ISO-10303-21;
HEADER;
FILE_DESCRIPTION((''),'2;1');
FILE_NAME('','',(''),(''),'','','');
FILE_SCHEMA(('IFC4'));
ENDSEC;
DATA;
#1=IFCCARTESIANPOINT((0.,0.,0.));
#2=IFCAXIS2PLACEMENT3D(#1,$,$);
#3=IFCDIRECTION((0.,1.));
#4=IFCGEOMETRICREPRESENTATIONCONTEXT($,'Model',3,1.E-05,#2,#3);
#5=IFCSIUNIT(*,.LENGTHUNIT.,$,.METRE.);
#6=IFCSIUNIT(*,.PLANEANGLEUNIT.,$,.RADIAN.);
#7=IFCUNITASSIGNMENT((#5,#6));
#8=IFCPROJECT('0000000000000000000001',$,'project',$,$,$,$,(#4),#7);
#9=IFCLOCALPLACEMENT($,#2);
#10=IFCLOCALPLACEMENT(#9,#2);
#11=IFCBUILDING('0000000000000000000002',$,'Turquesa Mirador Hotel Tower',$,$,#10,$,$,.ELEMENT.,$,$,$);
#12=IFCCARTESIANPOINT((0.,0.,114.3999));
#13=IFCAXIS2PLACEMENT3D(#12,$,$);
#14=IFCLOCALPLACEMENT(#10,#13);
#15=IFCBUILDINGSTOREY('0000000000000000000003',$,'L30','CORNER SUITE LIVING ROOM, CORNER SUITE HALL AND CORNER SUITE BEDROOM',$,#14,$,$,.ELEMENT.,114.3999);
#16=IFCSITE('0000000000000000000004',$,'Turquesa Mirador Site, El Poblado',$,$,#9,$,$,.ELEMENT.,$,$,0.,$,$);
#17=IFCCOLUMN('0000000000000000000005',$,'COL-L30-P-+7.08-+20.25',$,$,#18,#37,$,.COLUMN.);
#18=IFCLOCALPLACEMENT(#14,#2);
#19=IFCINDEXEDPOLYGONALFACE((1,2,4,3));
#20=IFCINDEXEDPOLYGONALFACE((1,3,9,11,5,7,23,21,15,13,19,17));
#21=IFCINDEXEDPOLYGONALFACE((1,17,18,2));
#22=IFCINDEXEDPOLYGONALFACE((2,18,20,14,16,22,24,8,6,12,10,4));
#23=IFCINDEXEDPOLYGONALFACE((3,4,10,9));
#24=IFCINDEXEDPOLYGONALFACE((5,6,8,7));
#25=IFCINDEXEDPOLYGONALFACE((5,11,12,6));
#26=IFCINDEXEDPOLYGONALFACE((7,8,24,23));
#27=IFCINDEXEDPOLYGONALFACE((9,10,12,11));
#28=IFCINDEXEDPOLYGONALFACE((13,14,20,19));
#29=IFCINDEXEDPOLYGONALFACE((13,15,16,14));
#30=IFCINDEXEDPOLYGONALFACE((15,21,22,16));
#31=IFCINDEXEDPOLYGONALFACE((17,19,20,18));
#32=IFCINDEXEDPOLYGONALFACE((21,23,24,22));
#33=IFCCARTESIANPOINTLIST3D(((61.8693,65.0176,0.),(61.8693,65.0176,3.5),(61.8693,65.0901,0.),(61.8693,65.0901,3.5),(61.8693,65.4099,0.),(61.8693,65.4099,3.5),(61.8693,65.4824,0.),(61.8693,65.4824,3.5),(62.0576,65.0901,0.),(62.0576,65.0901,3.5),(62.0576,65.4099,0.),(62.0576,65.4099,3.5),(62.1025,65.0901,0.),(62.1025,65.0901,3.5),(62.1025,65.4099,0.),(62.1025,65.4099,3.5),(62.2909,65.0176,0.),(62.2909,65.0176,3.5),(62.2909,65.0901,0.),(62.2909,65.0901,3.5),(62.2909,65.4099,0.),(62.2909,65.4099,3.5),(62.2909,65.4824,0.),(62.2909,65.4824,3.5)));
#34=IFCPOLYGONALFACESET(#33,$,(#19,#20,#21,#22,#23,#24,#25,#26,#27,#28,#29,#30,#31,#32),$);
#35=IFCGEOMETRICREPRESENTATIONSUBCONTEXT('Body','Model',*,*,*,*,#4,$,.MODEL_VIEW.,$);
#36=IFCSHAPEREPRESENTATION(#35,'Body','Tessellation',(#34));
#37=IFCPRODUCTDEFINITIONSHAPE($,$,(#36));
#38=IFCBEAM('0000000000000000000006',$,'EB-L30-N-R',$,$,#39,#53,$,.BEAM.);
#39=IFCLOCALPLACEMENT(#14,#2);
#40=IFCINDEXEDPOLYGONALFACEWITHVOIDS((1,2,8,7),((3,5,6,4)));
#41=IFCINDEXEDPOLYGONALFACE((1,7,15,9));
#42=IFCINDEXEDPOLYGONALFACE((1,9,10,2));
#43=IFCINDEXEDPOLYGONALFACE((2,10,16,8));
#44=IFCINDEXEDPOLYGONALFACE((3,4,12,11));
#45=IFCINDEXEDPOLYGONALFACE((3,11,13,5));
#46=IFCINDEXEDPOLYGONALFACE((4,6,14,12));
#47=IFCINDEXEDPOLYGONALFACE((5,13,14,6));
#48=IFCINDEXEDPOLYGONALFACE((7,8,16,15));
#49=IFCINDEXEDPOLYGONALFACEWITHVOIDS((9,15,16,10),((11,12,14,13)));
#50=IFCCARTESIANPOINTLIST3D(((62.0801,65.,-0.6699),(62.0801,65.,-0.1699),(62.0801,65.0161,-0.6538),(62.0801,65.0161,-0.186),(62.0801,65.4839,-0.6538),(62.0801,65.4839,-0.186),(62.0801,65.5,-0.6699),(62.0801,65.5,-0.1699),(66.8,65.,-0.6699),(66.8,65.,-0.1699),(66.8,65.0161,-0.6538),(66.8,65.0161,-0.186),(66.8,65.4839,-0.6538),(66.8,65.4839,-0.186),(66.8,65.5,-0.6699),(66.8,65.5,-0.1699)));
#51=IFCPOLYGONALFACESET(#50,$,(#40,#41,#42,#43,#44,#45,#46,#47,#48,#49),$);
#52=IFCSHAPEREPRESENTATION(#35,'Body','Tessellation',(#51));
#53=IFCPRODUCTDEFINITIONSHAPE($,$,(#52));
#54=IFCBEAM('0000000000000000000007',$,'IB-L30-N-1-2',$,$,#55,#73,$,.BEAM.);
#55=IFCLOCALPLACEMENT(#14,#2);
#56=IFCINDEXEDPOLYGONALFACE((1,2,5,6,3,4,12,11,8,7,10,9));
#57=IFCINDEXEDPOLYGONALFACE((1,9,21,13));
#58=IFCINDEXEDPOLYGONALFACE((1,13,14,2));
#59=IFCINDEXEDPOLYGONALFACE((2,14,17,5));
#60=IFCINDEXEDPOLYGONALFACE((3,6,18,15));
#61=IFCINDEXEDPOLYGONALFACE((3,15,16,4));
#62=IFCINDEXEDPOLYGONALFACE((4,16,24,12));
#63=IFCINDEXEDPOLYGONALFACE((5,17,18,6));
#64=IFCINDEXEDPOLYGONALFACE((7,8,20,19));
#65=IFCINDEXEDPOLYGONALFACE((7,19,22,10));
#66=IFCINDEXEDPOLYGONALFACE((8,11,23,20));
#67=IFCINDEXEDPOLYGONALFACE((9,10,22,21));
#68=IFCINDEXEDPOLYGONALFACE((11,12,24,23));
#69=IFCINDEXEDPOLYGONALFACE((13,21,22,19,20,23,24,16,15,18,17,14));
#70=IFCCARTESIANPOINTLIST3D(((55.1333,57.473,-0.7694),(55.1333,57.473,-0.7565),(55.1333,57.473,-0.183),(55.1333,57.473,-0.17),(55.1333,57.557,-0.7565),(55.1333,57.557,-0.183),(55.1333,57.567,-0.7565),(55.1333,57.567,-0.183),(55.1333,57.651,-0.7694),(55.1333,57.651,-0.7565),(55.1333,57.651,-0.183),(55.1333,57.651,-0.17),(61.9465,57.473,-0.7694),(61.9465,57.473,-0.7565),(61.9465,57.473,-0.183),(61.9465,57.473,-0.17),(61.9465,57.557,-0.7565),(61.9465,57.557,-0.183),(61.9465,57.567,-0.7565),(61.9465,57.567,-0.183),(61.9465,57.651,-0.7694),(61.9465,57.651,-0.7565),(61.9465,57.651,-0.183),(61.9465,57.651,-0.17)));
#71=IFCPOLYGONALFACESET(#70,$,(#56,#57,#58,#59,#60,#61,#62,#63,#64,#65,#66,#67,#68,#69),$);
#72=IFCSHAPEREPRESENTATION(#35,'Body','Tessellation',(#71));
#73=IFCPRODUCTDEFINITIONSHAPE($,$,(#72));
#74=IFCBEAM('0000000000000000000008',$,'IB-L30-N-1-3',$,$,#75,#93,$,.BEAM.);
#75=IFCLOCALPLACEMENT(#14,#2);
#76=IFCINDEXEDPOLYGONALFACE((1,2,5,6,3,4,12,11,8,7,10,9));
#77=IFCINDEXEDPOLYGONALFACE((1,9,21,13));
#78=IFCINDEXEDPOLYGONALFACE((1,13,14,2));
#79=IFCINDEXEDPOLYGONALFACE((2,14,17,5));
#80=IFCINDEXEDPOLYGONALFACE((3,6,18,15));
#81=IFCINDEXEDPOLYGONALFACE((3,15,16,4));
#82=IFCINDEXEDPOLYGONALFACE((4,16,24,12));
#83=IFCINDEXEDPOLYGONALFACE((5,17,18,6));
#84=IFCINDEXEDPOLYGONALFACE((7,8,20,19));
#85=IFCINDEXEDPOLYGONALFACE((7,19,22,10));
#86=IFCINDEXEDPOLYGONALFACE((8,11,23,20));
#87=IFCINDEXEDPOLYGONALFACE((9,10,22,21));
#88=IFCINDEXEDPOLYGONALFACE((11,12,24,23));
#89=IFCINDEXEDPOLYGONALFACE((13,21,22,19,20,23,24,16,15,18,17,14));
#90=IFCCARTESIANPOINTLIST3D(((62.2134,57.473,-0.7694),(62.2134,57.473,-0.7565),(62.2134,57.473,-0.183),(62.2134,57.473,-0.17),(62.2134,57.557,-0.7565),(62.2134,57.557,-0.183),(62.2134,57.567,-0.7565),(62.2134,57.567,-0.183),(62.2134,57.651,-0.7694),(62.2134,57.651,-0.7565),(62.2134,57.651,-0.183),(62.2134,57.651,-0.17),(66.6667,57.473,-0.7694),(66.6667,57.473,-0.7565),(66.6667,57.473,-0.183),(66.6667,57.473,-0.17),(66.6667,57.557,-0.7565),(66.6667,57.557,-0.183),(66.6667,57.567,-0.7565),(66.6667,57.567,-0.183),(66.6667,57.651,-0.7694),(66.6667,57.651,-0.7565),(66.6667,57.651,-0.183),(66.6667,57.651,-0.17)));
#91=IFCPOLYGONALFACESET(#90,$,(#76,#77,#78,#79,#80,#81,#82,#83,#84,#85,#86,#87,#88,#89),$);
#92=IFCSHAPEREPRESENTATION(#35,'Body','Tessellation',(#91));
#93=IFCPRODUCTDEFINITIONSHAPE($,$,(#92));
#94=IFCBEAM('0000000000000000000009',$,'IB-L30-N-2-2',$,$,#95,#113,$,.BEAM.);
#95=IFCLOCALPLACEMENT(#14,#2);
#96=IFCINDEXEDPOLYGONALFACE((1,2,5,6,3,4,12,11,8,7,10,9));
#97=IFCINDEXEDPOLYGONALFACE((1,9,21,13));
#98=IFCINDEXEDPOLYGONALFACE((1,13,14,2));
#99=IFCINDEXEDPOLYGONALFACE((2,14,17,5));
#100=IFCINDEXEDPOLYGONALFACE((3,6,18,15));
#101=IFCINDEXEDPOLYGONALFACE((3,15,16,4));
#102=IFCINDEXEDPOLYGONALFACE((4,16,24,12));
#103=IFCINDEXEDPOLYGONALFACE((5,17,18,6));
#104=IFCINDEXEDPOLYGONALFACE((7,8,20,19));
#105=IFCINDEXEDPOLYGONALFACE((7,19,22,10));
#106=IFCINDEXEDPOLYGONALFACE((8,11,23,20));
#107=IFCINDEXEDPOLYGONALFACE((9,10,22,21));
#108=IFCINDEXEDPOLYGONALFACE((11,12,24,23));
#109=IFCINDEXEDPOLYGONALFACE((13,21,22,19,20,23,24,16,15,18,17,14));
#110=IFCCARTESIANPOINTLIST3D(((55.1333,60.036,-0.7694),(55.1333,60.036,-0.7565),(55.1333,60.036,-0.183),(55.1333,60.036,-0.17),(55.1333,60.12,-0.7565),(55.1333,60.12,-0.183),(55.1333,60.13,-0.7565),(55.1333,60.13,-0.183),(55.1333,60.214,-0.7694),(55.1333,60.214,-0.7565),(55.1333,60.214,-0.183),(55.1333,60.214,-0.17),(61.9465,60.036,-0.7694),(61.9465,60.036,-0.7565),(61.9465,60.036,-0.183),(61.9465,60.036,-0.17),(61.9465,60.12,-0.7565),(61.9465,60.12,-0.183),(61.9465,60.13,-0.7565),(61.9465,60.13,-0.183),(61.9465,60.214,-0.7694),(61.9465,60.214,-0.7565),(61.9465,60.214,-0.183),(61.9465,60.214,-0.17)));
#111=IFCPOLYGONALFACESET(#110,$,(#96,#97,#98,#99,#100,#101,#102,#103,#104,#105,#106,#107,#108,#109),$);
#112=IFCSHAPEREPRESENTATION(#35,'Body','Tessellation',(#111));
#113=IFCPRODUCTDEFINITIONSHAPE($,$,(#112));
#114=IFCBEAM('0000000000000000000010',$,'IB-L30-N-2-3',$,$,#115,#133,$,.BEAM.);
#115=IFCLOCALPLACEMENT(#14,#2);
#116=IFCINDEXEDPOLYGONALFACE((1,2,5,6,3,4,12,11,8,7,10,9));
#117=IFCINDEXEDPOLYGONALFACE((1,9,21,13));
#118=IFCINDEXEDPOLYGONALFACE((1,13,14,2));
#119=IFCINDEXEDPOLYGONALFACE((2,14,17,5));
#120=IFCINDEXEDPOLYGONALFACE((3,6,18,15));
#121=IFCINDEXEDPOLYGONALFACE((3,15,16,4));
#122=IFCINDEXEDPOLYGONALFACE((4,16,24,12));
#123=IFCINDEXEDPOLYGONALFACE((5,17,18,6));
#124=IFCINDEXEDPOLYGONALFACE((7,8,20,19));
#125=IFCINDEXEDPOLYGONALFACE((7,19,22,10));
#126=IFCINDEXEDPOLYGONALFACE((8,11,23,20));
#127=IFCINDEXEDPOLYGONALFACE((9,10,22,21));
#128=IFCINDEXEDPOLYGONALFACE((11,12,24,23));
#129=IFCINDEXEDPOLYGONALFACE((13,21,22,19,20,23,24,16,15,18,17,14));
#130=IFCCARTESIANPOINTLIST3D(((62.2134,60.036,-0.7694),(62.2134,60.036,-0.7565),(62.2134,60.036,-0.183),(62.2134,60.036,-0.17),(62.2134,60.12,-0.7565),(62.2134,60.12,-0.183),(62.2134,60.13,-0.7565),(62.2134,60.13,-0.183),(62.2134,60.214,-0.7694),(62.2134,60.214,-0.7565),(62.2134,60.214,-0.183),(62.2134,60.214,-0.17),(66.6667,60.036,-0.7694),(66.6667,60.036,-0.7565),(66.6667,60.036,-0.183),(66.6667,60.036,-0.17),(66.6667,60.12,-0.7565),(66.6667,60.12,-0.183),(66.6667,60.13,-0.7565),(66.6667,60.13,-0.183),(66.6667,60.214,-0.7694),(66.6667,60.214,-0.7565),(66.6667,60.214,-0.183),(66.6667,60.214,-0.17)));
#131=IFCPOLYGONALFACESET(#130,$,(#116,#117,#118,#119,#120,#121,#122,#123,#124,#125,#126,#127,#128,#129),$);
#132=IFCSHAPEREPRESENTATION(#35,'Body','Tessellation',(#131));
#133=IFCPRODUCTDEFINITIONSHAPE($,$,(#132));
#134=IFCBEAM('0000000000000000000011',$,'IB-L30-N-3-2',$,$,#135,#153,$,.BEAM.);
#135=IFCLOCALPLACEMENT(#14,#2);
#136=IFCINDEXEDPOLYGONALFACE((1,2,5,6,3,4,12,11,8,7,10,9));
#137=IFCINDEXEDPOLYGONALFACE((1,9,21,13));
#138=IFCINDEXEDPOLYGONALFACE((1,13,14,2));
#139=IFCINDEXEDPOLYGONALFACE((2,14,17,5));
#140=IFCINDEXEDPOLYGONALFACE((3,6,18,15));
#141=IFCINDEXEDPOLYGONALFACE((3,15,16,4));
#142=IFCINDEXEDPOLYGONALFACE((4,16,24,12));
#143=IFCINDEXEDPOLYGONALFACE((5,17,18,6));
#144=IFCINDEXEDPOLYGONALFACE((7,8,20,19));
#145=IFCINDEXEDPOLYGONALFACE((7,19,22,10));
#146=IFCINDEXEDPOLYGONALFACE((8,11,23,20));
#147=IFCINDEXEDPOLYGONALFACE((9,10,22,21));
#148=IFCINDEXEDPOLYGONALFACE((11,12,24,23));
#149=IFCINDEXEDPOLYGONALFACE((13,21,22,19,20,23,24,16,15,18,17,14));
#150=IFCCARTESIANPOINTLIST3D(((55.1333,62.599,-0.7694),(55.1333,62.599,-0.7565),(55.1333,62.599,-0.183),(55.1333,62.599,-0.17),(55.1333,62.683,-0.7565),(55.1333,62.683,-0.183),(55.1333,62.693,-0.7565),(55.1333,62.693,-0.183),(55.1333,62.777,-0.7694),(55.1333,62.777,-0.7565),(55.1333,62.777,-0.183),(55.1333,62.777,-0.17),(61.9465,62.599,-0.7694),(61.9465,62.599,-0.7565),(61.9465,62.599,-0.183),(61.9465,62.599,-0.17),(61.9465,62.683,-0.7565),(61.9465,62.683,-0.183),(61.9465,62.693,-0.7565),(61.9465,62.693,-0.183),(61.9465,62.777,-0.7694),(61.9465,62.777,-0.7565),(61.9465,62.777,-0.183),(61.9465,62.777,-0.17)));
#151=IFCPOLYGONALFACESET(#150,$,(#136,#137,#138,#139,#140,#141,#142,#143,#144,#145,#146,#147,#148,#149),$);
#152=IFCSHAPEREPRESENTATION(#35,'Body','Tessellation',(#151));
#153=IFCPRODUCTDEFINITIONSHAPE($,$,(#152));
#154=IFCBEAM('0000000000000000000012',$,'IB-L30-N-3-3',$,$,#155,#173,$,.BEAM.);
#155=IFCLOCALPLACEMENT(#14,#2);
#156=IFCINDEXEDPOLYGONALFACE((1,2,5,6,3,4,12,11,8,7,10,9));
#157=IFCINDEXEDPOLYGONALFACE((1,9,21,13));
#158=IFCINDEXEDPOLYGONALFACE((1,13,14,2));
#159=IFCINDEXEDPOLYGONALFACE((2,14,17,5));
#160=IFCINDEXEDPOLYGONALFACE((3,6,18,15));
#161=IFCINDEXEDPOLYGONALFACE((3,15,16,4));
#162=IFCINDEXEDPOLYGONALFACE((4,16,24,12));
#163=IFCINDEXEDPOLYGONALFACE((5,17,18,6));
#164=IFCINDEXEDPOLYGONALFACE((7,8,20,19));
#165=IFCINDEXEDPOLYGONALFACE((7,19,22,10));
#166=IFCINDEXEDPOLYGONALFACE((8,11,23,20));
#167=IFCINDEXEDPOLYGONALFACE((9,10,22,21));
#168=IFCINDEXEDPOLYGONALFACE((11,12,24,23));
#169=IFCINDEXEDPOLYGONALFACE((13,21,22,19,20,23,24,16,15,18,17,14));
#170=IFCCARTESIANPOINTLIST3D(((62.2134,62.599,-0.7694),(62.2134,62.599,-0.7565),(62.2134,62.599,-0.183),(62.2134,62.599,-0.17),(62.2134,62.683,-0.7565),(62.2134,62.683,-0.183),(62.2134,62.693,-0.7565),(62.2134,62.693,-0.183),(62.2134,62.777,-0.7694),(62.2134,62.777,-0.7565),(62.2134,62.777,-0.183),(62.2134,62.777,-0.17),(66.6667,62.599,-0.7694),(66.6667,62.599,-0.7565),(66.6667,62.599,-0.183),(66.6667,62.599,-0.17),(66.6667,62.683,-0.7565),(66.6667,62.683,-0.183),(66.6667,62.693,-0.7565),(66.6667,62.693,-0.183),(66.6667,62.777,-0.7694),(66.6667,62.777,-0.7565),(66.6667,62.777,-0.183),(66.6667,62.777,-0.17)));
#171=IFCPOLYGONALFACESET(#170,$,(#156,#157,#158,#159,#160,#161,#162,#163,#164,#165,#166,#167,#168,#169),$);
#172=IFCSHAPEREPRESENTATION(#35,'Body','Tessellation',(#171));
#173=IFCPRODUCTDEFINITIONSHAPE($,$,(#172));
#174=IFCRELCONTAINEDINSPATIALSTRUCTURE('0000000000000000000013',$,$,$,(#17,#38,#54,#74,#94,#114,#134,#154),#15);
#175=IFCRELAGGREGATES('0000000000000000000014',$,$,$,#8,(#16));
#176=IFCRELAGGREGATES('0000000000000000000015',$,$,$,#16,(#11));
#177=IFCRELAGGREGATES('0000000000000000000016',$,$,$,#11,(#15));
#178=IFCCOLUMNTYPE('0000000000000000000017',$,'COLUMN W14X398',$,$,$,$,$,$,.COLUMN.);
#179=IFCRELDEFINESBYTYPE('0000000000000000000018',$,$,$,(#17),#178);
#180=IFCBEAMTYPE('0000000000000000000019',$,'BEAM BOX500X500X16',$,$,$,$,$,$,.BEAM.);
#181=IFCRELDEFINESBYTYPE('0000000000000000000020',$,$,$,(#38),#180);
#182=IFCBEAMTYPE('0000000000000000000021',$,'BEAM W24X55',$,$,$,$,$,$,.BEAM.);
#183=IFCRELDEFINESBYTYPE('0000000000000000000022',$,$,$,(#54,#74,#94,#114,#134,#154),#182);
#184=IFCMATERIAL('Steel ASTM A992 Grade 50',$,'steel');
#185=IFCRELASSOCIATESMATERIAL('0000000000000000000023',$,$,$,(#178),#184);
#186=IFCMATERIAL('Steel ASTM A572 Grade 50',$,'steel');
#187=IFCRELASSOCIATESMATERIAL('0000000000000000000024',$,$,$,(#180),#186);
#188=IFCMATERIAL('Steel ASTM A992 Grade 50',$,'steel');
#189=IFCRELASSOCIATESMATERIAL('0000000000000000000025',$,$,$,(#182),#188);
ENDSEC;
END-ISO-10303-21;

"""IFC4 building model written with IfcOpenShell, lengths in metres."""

from ifc_helpers import new_model, si_unit, direction, frame, origin, origin_2d, place, context, subcontext, project, spatial, hollow_rectangle, i_section, extrude, material, material_profile, profile_set, type_object, element, save


model = new_model("IFC4")

# Units and contexts
model_context = context("Model", 3, precision=1e-05, world=origin(), true_north=direction((0.0, 1.0)))
body_context = subcontext(model_context, "Body", "Model", "MODEL_VIEW")
ifc_project = project(units=[si_unit("LENGTHUNIT", "METRE"), si_unit("PLANEANGLEUNIT", "RADIAN")], contexts=[model_context])

# Site, building, storey
site_placement = place(None, origin())
site = spatial("IfcSite", under=ifc_project, at=site_placement, Name="Turquesa Mirador Site, El Poblado", CompositionType="ELEMENT", RefElevation=0.0)
building_placement = place(site_placement, origin())
building = spatial("IfcBuilding", under=site, at=building_placement, Name="Turquesa Mirador Hotel Tower", CompositionType="ELEMENT")
storey_placement = place(building_placement, frame((0.0, 0.0, 114.3999)))
storey = spatial("IfcBuildingStorey", under=building, at=storey_placement, Name="L30", Description="CORNER SUITE LIVING ROOM, CORNER SUITE HALL AND CORNER SUITE BEDROOM", CompositionType="ELEMENT", Elevation=114.3999)

# Column
ifc_material_1 = material(Name="Steel ASTM A992 Grade 50", Category="steel")
ifc_material_profile_1 = material_profile(ifc_material_1, i_section(OverallWidth=0.4216, OverallDepth=0.4648, WebThickness=0.0449, FlangeThickness=0.0725, at=origin_2d()), Name="W14X398")
ifc_profile_set_1 = profile_set([ifc_material_profile_1], Name="Steel ASTM A992 Grade 50")
column_type = type_object("IfcColumnType", Name="COLUMN W14X398", PredefinedType="COLUMN", material=ifc_profile_set_1)
column_placement = place(storey_placement, frame((62.0801, 65.25, 0.0), z_axis=(0.0, 0.0, 1.0), x_axis=(1.0, 0.0, 0.0)))
element("IfcColumn", 1, at=column_placement, inside=storey, type_object=column_type, Name="COL-L30-P-+7.08-+20.25", PredefinedType="COLUMN", context=body_context, shape_type="SweptSolid", body=[
    extrude(i_section(OverallWidth=0.4216, OverallDepth=0.4648, WebThickness=0.0449, FlangeThickness=0.0725, at=origin_2d()), origin(), (0.0, 0.0, 1.0), 3.5),
])

# Beams
ifc_material_2 = material(Name="Steel ASTM A572 Grade 50", Category="steel")
ifc_material_profile_2 = material_profile(ifc_material_2, hollow_rectangle(XDim=0.5, YDim=0.5, WallThickness=0.0161, at=origin_2d()), Name="BOX500X500X16")
ifc_profile_set_2 = profile_set([ifc_material_profile_2], Name="Steel ASTM A572 Grade 50")
beam_type_1 = type_object("IfcBeamType", Name="BEAM BOX500X500X16", PredefinedType="BEAM", material=ifc_profile_set_2)
beam_1_placement = place(storey_placement, frame((62.0801, 65.25, -0.4199), z_axis=(1.0, 0.0, 0.0), x_axis=(0.0, 1.0, 0.0)))
element("IfcBeam", 2, at=beam_1_placement, inside=storey, type_object=beam_type_1, Name="EB-L30-N-R", PredefinedType="BEAM", context=body_context, shape_type="SweptSolid", body=[
    extrude(hollow_rectangle(XDim=0.5, YDim=0.5, WallThickness=0.0161, at=origin_2d()), origin(), (0.0, 0.0, 1.0), 4.72),
])
ifc_material_3 = material(Name="Steel ASTM A992 Grade 50", Category="steel")
ifc_material_profile_3 = material_profile(ifc_material_3, i_section(OverallWidth=0.178, OverallDepth=0.5994, WebThickness=0.01, FlangeThickness=0.0129, at=origin_2d()), Name="W24X55")
ifc_profile_set_3 = profile_set([ifc_material_profile_3], Name="Steel ASTM A992 Grade 50")
beam_type_2 = type_object("IfcBeamType", Name="BEAM W24X55", PredefinedType="BEAM", material=ifc_profile_set_3)
beam_2_placement = place(storey_placement, frame((55.1333, 57.562, -0.4697), z_axis=(1.0, 0.0, 0.0), x_axis=(0.0, 1.0, 0.0)))
element("IfcBeam", 3, at=beam_2_placement, inside=storey, type_object=beam_type_2, Name="IB-L30-N-1-2", PredefinedType="BEAM", context=body_context, shape_type="SweptSolid", body=[
    extrude(i_section(OverallWidth=0.178, OverallDepth=0.5994, WebThickness=0.01, FlangeThickness=0.0129, at=origin_2d()), origin(), (0.0, 0.0, 1.0), 6.8132),
])
beam_3_placement = place(storey_placement, frame((62.2134, 57.562, -0.4697), z_axis=(1.0, 0.0, 0.0), x_axis=(0.0, 1.0, 0.0)))
element("IfcBeam", 4, at=beam_3_placement, inside=storey, type_object=beam_type_2, Name="IB-L30-N-1-3", PredefinedType="BEAM", context=body_context, shape_type="SweptSolid", body=[
    extrude(i_section(OverallWidth=0.178, OverallDepth=0.5994, WebThickness=0.01, FlangeThickness=0.0129, at=origin_2d()), origin(), (0.0, 0.0, 1.0), 4.4534),
])
beam_4_placement = place(storey_placement, frame((55.1333, 60.125, -0.4697), z_axis=(1.0, 0.0, 0.0), x_axis=(0.0, 1.0, 0.0)))
element("IfcBeam", 5, at=beam_4_placement, inside=storey, type_object=beam_type_2, Name="IB-L30-N-2-2", PredefinedType="BEAM", context=body_context, shape_type="SweptSolid", body=[
    extrude(i_section(OverallWidth=0.178, OverallDepth=0.5994, WebThickness=0.01, FlangeThickness=0.0129, at=origin_2d()), origin(), (0.0, 0.0, 1.0), 6.8132),
])
beam_5_placement = place(storey_placement, frame((62.2134, 60.125, -0.4697), z_axis=(1.0, 0.0, 0.0), x_axis=(0.0, 1.0, 0.0)))
element("IfcBeam", 6, at=beam_5_placement, inside=storey, type_object=beam_type_2, Name="IB-L30-N-2-3", PredefinedType="BEAM", context=body_context, shape_type="SweptSolid", body=[
    extrude(i_section(OverallWidth=0.178, OverallDepth=0.5994, WebThickness=0.01, FlangeThickness=0.0129, at=origin_2d()), origin(), (0.0, 0.0, 1.0), 4.4534),
])
beam_6_placement = place(storey_placement, frame((55.1333, 62.688, -0.4697), z_axis=(1.0, 0.0, 0.0), x_axis=(0.0, 1.0, 0.0)))
element("IfcBeam", 7, at=beam_6_placement, inside=storey, type_object=beam_type_2, Name="IB-L30-N-3-2", PredefinedType="BEAM", context=body_context, shape_type="SweptSolid", body=[
    extrude(i_section(OverallWidth=0.178, OverallDepth=0.5994, WebThickness=0.01, FlangeThickness=0.0129, at=origin_2d()), origin(), (0.0, 0.0, 1.0), 6.8132),
])
beam_7_placement = place(storey_placement, frame((62.2134, 62.688, -0.4697), z_axis=(1.0, 0.0, 0.0), x_axis=(0.0, 1.0, 0.0)))
element("IfcBeam", 8, at=beam_7_placement, inside=storey, type_object=beam_type_2, Name="IB-L30-N-3-3", PredefinedType="BEAM", context=body_context, shape_type="SweptSolid", body=[
    extrude(i_section(OverallWidth=0.178, OverallDepth=0.5994, WebThickness=0.01, FlangeThickness=0.0129, at=origin_2d()), origin(), (0.0, 0.0, 1.0), 4.4534),
])

save(model, "model.ifc")
